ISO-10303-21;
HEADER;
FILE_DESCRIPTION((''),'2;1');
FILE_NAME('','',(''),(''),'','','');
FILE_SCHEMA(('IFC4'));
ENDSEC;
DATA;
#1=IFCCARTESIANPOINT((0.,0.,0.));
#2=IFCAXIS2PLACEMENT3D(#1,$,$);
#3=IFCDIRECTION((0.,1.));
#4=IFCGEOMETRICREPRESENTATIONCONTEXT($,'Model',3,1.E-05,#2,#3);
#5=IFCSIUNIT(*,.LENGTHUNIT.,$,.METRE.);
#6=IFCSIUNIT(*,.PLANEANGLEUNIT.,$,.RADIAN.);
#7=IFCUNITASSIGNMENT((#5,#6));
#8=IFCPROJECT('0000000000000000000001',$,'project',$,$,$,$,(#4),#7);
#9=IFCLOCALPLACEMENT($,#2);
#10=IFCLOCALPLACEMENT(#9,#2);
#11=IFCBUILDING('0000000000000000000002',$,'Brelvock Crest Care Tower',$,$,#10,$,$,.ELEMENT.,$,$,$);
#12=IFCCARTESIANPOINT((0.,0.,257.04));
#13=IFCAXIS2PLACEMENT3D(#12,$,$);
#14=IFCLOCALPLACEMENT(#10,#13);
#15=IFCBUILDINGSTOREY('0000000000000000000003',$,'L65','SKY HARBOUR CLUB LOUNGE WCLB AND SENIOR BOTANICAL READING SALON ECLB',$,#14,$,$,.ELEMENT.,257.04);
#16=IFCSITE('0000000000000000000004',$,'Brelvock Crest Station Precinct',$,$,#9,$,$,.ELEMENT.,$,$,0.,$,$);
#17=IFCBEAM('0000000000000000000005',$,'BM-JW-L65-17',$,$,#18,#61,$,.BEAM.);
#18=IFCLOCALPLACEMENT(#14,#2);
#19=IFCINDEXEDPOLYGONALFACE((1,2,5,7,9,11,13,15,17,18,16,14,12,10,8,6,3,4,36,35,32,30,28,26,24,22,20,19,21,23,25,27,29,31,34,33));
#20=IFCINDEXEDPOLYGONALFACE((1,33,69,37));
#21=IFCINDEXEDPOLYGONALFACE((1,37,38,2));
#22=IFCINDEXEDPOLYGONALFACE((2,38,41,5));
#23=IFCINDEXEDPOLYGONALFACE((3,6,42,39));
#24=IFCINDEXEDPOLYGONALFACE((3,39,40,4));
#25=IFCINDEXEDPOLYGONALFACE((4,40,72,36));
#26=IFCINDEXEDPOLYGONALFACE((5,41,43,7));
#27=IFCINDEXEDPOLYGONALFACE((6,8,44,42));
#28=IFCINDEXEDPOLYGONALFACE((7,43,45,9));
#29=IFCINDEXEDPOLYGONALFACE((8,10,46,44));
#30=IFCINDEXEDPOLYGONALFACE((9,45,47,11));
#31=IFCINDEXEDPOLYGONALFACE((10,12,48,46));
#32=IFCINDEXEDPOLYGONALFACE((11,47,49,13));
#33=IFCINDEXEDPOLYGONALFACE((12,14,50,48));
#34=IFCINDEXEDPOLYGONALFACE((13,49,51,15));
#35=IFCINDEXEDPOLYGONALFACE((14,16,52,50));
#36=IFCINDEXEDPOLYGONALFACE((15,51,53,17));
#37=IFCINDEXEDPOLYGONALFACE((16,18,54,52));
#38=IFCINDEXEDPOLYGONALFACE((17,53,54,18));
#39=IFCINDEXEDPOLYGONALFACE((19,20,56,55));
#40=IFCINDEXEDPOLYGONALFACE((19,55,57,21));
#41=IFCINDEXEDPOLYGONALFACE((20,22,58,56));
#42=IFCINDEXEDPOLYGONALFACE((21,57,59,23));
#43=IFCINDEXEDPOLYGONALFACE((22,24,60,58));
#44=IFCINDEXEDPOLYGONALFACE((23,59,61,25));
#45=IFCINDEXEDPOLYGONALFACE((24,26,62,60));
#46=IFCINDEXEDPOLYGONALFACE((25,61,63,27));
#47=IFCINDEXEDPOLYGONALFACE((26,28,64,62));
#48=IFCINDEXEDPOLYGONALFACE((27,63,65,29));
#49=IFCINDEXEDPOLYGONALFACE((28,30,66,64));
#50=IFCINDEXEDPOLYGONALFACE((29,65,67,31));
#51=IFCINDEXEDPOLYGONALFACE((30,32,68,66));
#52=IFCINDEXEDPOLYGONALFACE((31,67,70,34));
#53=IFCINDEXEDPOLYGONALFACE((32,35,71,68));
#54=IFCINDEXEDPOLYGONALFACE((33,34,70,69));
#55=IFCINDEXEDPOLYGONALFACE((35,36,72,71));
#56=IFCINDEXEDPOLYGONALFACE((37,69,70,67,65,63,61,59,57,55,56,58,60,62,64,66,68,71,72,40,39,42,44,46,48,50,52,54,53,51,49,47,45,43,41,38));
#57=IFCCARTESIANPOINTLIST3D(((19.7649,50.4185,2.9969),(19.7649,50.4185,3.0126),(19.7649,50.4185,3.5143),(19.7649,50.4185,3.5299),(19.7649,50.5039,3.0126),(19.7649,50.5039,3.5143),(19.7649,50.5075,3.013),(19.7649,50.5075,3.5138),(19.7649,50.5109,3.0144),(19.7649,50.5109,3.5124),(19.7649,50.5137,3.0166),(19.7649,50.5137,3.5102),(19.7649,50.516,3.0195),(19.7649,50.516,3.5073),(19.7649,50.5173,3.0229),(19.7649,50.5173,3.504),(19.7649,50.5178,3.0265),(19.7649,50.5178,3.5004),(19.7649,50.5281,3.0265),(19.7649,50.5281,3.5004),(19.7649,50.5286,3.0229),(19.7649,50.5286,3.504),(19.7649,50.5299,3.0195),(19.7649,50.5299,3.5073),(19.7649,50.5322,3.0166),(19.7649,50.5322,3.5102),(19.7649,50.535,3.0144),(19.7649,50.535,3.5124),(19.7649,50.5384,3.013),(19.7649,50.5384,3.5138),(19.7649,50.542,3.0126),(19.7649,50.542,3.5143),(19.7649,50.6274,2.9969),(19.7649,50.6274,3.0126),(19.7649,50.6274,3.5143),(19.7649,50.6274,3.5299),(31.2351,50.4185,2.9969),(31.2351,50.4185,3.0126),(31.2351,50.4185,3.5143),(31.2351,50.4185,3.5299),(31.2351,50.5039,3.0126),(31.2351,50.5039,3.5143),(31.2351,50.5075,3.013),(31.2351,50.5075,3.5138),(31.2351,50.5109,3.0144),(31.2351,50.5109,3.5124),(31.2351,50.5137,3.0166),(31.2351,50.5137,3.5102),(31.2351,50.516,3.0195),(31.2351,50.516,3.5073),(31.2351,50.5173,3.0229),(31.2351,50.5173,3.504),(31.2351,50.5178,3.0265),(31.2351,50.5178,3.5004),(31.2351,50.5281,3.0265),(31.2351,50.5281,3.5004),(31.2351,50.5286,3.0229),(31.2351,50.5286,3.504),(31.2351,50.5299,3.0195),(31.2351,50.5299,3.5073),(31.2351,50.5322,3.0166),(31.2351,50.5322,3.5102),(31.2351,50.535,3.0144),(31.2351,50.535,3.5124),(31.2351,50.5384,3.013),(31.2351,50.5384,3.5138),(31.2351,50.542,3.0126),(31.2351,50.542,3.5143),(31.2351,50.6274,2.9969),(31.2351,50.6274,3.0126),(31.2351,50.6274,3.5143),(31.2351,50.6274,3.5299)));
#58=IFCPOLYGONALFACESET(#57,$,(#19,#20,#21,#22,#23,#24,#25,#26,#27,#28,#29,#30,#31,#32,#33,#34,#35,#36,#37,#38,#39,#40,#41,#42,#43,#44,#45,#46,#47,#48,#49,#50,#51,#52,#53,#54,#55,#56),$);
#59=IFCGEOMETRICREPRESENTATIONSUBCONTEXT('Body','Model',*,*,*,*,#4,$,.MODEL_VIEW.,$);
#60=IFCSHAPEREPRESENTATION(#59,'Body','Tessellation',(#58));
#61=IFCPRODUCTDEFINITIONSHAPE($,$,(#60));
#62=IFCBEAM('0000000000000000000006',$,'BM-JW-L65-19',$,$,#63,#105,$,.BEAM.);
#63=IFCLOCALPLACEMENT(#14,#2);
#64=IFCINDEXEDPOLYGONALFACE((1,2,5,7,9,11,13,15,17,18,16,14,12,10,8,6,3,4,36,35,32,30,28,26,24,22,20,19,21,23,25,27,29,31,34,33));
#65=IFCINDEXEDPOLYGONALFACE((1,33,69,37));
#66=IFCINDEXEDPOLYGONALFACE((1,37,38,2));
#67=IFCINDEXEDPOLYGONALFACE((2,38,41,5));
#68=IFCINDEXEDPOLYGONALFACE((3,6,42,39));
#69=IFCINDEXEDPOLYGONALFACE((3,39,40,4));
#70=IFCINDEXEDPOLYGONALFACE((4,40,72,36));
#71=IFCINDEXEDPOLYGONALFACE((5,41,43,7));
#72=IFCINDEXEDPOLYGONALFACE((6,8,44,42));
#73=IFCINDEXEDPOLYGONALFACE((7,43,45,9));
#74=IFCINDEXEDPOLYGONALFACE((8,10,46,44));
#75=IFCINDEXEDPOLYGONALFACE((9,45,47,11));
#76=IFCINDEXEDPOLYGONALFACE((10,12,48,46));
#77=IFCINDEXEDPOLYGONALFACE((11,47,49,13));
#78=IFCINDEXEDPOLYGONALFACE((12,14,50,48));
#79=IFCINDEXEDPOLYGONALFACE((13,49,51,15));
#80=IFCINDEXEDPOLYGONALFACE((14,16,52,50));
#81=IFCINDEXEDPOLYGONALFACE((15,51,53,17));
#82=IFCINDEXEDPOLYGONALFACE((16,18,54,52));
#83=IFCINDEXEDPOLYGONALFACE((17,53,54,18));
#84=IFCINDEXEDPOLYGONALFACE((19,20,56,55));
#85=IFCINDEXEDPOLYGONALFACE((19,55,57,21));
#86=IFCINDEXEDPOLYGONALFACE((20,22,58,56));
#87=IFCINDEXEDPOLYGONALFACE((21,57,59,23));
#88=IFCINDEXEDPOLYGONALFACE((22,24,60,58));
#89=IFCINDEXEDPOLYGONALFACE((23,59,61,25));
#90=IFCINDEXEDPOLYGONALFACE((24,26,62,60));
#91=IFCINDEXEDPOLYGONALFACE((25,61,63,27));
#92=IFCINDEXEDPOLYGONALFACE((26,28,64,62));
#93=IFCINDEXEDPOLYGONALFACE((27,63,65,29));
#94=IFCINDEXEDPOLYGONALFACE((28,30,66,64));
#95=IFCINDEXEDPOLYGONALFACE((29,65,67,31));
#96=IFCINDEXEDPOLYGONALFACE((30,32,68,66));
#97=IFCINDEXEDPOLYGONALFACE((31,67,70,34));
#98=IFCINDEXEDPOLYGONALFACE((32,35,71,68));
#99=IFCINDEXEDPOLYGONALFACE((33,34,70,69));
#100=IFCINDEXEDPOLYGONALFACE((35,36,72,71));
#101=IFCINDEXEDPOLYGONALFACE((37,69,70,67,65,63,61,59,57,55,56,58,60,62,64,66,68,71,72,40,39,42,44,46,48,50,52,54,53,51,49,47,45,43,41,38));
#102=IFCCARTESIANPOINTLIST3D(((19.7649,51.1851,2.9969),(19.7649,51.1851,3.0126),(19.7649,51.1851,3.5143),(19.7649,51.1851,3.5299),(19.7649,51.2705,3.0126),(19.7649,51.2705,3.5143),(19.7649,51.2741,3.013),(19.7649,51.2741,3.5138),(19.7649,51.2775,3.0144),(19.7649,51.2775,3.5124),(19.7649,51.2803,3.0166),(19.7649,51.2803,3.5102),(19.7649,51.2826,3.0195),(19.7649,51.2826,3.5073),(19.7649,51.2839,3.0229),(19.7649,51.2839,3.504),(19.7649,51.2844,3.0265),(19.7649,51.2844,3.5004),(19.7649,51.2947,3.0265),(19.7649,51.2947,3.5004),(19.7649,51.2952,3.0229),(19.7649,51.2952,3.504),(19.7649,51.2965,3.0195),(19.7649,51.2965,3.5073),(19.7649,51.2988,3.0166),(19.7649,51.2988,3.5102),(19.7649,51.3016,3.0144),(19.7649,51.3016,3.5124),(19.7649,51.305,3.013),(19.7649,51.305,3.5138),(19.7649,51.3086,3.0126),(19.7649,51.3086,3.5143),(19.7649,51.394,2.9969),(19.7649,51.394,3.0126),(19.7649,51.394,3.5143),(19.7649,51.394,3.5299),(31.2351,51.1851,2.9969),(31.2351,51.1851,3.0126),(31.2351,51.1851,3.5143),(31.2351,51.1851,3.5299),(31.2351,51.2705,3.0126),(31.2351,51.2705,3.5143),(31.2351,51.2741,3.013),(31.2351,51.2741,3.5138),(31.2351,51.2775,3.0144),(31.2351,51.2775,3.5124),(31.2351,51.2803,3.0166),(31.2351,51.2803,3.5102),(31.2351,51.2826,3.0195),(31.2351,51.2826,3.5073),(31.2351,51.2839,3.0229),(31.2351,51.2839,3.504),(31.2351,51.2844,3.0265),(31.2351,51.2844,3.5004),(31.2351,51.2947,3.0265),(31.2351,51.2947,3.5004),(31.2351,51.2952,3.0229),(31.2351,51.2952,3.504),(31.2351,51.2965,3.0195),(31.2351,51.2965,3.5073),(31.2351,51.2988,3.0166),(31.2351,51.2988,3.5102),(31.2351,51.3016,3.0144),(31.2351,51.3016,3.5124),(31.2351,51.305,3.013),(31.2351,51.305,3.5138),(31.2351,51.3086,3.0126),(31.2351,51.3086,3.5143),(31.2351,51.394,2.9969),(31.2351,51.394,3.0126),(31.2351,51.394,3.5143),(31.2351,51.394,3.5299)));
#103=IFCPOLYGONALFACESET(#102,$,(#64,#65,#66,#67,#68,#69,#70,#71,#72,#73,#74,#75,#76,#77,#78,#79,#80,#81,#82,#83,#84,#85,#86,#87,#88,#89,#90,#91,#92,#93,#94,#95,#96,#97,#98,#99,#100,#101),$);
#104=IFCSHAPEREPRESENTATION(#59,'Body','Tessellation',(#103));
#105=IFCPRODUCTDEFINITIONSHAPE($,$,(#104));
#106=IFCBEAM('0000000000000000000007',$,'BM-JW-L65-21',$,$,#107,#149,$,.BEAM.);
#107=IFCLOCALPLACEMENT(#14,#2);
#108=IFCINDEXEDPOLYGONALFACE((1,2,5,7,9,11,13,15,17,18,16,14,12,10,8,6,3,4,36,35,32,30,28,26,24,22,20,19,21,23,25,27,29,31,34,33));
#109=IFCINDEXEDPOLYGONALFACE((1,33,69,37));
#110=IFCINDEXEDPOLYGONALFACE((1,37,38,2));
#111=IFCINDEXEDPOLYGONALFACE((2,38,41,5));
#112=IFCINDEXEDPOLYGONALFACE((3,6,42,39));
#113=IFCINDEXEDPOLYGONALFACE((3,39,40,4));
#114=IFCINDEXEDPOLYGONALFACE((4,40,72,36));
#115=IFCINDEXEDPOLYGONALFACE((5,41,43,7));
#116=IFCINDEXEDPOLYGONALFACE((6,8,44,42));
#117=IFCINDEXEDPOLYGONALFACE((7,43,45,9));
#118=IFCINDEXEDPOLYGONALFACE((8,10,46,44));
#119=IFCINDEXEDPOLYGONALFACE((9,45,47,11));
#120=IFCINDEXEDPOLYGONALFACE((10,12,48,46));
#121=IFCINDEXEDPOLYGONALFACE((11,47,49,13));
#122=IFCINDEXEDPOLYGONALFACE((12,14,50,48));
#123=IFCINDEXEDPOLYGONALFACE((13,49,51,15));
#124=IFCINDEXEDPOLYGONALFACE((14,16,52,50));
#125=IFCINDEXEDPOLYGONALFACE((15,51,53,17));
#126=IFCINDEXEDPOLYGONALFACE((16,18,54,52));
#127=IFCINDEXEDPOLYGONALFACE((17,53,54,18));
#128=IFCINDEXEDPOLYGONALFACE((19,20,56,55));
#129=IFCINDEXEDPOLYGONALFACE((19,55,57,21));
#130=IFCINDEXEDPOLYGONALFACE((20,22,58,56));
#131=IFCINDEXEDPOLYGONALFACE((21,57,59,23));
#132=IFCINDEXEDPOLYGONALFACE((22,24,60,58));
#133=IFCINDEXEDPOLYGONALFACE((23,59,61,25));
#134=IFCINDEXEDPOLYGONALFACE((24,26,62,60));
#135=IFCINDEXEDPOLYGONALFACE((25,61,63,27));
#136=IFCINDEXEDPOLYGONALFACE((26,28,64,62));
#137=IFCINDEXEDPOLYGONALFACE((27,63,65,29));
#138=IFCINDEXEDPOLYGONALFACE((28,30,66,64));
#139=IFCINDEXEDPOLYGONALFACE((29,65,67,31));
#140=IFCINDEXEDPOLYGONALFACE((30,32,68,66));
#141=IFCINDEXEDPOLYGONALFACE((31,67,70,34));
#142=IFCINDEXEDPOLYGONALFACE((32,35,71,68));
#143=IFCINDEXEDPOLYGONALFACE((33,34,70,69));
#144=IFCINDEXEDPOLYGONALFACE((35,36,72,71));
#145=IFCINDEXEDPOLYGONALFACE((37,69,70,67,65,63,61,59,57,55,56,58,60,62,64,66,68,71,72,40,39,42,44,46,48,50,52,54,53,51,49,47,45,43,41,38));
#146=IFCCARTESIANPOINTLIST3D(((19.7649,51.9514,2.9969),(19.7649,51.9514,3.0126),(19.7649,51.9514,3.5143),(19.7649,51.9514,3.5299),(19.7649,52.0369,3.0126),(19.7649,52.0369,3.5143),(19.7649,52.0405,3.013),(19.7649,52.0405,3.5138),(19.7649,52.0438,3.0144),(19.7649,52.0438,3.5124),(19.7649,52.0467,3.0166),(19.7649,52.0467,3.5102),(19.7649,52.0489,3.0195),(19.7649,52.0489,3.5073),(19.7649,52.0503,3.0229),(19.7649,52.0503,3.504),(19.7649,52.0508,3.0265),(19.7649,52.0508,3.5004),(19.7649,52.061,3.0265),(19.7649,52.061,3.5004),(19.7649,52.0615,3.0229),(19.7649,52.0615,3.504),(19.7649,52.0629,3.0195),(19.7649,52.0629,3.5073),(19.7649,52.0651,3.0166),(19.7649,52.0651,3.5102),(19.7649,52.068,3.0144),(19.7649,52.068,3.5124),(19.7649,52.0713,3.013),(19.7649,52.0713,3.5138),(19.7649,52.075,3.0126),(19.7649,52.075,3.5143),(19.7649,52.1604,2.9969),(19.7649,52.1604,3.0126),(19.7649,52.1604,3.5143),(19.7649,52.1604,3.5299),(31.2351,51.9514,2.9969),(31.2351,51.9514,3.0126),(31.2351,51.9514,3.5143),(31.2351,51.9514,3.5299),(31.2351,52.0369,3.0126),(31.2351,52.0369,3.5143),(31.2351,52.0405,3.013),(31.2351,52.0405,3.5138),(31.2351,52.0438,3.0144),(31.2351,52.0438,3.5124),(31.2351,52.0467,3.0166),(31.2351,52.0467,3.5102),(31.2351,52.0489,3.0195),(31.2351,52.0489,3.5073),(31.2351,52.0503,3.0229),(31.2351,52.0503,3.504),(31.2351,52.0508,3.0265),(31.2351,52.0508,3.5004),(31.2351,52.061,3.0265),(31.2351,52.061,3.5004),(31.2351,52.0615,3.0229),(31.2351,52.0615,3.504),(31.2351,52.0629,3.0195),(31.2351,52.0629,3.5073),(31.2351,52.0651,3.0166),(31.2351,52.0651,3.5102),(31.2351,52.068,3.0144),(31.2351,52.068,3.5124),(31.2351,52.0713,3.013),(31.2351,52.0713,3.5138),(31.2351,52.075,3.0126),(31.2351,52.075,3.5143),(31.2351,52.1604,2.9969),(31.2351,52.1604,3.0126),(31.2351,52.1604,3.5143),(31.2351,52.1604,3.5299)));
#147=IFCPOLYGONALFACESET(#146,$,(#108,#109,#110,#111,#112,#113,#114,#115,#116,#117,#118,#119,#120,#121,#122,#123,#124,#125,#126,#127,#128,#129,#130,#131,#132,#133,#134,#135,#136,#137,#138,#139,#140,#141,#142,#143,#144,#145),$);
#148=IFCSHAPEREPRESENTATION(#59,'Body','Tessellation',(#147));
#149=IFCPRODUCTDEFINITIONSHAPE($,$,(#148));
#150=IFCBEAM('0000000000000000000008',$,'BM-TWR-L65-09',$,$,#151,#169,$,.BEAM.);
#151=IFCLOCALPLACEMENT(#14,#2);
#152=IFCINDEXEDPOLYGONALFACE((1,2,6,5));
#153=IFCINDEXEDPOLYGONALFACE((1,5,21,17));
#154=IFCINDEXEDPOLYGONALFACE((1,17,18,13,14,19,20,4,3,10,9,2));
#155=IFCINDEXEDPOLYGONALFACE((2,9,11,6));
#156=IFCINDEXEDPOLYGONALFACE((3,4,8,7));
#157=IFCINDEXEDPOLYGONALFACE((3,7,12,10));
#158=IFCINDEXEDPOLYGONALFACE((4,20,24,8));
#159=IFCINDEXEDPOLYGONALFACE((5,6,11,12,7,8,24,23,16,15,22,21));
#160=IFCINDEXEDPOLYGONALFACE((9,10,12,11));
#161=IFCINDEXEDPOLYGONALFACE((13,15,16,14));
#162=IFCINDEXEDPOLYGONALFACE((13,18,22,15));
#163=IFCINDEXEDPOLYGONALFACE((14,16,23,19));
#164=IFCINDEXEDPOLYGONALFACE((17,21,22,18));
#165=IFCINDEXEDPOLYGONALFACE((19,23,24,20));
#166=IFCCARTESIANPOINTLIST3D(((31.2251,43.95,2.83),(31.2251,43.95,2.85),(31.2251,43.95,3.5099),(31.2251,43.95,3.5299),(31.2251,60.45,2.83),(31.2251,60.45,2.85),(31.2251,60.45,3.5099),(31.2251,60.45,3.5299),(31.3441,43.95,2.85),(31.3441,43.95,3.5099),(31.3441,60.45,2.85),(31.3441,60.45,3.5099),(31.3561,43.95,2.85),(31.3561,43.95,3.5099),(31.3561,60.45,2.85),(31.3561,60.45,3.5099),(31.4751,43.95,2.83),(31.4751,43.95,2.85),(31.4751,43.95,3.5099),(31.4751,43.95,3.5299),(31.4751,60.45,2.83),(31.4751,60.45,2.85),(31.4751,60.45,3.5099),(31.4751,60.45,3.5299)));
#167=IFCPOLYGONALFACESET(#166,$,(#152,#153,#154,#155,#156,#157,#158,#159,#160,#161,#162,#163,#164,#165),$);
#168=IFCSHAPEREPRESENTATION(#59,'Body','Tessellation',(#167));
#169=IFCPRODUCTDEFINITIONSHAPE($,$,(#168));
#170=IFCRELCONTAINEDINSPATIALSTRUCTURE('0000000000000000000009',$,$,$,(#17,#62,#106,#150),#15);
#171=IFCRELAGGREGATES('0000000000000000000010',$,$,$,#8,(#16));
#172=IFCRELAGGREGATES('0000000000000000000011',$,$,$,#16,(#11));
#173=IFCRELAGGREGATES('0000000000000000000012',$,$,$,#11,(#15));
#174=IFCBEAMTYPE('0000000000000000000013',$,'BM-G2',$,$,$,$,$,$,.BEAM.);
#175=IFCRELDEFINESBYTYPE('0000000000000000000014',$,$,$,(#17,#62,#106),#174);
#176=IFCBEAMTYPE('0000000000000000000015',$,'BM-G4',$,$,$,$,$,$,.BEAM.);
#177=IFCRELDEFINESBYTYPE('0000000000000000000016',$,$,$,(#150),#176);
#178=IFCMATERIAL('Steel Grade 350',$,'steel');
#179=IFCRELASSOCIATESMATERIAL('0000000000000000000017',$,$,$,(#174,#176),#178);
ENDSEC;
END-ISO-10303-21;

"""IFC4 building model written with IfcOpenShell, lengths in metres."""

from ifc_helpers import new_model, si_unit, direction, frame, origin, origin_2d, place, context, subcontext, project, spatial, i_section, extrude, source, transform, mapped, material, material_profile, profile_set, type_object, element, save


model = new_model("IFC4")

# Units and contexts
model_context = context("Model", 3, precision=1e-05, world=origin(), true_north=direction((0.0, 1.0)))
body_context = subcontext(model_context, "Body", "Model", "MODEL_VIEW")
ifc_project = project(units=[si_unit("LENGTHUNIT", "METRE"), si_unit("PLANEANGLEUNIT", "RADIAN")], contexts=[model_context])

# Site, building, storey
site_placement = place(None, origin())
site = spatial("IfcSite", under=ifc_project, at=site_placement, Name="Brelvock Crest Station Precinct", CompositionType="ELEMENT", RefElevation=0.0)
building_placement = place(site_placement, origin())
building = spatial("IfcBuilding", under=site, at=building_placement, Name="Brelvock Crest Care Tower", CompositionType="ELEMENT")
storey_placement = place(building_placement, frame((0.0, 0.0, 257.04)))
storey = spatial("IfcBuildingStorey", under=building, at=storey_placement, Name="L65", Description="SKY HARBOUR CLUB LOUNGE WCLB AND SENIOR BOTANICAL READING SALON ECLB", CompositionType="ELEMENT", Elevation=257.04)

# Beams
ifc_material = material(Name="Steel Grade 350", Category="steel")
ifc_material_profile_1 = material_profile(ifc_material, i_section(OverallWidth=0.209, OverallDepth=0.533, WebThickness=0.0103, FlangeThickness=0.0156, FilletRadius=0.0139, at=origin_2d()), Name="530UB92.4")
ifc_profile_set_1 = profile_set([ifc_material_profile_1], Name="Steel Grade 350")
beam_type_1 = type_object("IfcBeamType", Name="BM-G2", PredefinedType="BEAM", material=ifc_profile_set_1)
shared_shape_1 = source(origin(), body_context, "Body", "SweptSolid", [
    extrude(i_section(OverallWidth=0.209, OverallDepth=0.533, WebThickness=0.0103, FlangeThickness=0.0156, FilletRadius=0.0139, at=origin_2d()), origin(), (0.0, 0.0, 1.0), 11.4702),
])
for number, where, z_axis, x_axis, name in (
    (1, (19.7649, 50.5229, 3.2634), (1.0, 0.0, 0.0), (0.0, 1.0, 0.0), "BM-JW-L65-17"),
    (2, (19.7649, 51.2896, 3.2634), (1.0, 0.0, 0.0), (0.0, 1.0, 0.0), "BM-JW-L65-19"),
    (3, (19.7649, 52.0559, 3.2634), (1.0, 0.0, 0.0), (0.0, 1.0, 0.0), "BM-JW-L65-21"),
):
    element("IfcBeam", number, at=place(storey_placement, frame(where, z_axis=z_axis, x_axis=x_axis)), inside=storey, type_object=beam_type_1, Name=name, PredefinedType="BEAM", context=body_context, shape_type="MappedRepresentation", body=[
        mapped(shared_shape_1, transform((0.0, 0.0, 0.0), x_axis=(1.0, 0.0, 0.0), y_axis=(0.0, 1.0, 0.0), z_axis=(0.0, 0.0, 1.0), scale=1.0)),
    ])
ifc_material_profile_2 = material_profile(ifc_material, i_section(OverallWidth=0.25, OverallDepth=0.7, WebThickness=0.012, FlangeThickness=0.02, at=origin_2d()), Name="700WB150")
ifc_profile_set_2 = profile_set([ifc_material_profile_2], Name="Steel Grade 350")
beam_type_2 = type_object("IfcBeamType", Name="BM-G4", PredefinedType="BEAM", material=ifc_profile_set_2)
shared_shape_2 = source(origin(), body_context, "Body", "SweptSolid", [
    extrude(i_section(OverallWidth=0.25, OverallDepth=0.7, WebThickness=0.012, FlangeThickness=0.02, at=origin_2d()), origin(), (0.0, 0.0, 1.0), 16.5),
])
beam_1_placement = place(storey_placement, frame((31.3501, 43.95, 3.1799), z_axis=(0.0, 1.0, 0.0), x_axis=(-1.0, 0.0, 0.0)))
element("IfcBeam", 4, at=beam_1_placement, inside=storey, type_object=beam_type_2, Name="BM-TWR-L65-09", PredefinedType="BEAM", context=body_context, shape_type="MappedRepresentation", body=[
    mapped(shared_shape_2, transform((0.0, 0.0, 0.0), x_axis=(1.0, 0.0, 0.0), y_axis=(0.0, 1.0, 0.0), z_axis=(0.0, 0.0, 1.0), scale=1.0)),
])

save(model, "model.ifc")
